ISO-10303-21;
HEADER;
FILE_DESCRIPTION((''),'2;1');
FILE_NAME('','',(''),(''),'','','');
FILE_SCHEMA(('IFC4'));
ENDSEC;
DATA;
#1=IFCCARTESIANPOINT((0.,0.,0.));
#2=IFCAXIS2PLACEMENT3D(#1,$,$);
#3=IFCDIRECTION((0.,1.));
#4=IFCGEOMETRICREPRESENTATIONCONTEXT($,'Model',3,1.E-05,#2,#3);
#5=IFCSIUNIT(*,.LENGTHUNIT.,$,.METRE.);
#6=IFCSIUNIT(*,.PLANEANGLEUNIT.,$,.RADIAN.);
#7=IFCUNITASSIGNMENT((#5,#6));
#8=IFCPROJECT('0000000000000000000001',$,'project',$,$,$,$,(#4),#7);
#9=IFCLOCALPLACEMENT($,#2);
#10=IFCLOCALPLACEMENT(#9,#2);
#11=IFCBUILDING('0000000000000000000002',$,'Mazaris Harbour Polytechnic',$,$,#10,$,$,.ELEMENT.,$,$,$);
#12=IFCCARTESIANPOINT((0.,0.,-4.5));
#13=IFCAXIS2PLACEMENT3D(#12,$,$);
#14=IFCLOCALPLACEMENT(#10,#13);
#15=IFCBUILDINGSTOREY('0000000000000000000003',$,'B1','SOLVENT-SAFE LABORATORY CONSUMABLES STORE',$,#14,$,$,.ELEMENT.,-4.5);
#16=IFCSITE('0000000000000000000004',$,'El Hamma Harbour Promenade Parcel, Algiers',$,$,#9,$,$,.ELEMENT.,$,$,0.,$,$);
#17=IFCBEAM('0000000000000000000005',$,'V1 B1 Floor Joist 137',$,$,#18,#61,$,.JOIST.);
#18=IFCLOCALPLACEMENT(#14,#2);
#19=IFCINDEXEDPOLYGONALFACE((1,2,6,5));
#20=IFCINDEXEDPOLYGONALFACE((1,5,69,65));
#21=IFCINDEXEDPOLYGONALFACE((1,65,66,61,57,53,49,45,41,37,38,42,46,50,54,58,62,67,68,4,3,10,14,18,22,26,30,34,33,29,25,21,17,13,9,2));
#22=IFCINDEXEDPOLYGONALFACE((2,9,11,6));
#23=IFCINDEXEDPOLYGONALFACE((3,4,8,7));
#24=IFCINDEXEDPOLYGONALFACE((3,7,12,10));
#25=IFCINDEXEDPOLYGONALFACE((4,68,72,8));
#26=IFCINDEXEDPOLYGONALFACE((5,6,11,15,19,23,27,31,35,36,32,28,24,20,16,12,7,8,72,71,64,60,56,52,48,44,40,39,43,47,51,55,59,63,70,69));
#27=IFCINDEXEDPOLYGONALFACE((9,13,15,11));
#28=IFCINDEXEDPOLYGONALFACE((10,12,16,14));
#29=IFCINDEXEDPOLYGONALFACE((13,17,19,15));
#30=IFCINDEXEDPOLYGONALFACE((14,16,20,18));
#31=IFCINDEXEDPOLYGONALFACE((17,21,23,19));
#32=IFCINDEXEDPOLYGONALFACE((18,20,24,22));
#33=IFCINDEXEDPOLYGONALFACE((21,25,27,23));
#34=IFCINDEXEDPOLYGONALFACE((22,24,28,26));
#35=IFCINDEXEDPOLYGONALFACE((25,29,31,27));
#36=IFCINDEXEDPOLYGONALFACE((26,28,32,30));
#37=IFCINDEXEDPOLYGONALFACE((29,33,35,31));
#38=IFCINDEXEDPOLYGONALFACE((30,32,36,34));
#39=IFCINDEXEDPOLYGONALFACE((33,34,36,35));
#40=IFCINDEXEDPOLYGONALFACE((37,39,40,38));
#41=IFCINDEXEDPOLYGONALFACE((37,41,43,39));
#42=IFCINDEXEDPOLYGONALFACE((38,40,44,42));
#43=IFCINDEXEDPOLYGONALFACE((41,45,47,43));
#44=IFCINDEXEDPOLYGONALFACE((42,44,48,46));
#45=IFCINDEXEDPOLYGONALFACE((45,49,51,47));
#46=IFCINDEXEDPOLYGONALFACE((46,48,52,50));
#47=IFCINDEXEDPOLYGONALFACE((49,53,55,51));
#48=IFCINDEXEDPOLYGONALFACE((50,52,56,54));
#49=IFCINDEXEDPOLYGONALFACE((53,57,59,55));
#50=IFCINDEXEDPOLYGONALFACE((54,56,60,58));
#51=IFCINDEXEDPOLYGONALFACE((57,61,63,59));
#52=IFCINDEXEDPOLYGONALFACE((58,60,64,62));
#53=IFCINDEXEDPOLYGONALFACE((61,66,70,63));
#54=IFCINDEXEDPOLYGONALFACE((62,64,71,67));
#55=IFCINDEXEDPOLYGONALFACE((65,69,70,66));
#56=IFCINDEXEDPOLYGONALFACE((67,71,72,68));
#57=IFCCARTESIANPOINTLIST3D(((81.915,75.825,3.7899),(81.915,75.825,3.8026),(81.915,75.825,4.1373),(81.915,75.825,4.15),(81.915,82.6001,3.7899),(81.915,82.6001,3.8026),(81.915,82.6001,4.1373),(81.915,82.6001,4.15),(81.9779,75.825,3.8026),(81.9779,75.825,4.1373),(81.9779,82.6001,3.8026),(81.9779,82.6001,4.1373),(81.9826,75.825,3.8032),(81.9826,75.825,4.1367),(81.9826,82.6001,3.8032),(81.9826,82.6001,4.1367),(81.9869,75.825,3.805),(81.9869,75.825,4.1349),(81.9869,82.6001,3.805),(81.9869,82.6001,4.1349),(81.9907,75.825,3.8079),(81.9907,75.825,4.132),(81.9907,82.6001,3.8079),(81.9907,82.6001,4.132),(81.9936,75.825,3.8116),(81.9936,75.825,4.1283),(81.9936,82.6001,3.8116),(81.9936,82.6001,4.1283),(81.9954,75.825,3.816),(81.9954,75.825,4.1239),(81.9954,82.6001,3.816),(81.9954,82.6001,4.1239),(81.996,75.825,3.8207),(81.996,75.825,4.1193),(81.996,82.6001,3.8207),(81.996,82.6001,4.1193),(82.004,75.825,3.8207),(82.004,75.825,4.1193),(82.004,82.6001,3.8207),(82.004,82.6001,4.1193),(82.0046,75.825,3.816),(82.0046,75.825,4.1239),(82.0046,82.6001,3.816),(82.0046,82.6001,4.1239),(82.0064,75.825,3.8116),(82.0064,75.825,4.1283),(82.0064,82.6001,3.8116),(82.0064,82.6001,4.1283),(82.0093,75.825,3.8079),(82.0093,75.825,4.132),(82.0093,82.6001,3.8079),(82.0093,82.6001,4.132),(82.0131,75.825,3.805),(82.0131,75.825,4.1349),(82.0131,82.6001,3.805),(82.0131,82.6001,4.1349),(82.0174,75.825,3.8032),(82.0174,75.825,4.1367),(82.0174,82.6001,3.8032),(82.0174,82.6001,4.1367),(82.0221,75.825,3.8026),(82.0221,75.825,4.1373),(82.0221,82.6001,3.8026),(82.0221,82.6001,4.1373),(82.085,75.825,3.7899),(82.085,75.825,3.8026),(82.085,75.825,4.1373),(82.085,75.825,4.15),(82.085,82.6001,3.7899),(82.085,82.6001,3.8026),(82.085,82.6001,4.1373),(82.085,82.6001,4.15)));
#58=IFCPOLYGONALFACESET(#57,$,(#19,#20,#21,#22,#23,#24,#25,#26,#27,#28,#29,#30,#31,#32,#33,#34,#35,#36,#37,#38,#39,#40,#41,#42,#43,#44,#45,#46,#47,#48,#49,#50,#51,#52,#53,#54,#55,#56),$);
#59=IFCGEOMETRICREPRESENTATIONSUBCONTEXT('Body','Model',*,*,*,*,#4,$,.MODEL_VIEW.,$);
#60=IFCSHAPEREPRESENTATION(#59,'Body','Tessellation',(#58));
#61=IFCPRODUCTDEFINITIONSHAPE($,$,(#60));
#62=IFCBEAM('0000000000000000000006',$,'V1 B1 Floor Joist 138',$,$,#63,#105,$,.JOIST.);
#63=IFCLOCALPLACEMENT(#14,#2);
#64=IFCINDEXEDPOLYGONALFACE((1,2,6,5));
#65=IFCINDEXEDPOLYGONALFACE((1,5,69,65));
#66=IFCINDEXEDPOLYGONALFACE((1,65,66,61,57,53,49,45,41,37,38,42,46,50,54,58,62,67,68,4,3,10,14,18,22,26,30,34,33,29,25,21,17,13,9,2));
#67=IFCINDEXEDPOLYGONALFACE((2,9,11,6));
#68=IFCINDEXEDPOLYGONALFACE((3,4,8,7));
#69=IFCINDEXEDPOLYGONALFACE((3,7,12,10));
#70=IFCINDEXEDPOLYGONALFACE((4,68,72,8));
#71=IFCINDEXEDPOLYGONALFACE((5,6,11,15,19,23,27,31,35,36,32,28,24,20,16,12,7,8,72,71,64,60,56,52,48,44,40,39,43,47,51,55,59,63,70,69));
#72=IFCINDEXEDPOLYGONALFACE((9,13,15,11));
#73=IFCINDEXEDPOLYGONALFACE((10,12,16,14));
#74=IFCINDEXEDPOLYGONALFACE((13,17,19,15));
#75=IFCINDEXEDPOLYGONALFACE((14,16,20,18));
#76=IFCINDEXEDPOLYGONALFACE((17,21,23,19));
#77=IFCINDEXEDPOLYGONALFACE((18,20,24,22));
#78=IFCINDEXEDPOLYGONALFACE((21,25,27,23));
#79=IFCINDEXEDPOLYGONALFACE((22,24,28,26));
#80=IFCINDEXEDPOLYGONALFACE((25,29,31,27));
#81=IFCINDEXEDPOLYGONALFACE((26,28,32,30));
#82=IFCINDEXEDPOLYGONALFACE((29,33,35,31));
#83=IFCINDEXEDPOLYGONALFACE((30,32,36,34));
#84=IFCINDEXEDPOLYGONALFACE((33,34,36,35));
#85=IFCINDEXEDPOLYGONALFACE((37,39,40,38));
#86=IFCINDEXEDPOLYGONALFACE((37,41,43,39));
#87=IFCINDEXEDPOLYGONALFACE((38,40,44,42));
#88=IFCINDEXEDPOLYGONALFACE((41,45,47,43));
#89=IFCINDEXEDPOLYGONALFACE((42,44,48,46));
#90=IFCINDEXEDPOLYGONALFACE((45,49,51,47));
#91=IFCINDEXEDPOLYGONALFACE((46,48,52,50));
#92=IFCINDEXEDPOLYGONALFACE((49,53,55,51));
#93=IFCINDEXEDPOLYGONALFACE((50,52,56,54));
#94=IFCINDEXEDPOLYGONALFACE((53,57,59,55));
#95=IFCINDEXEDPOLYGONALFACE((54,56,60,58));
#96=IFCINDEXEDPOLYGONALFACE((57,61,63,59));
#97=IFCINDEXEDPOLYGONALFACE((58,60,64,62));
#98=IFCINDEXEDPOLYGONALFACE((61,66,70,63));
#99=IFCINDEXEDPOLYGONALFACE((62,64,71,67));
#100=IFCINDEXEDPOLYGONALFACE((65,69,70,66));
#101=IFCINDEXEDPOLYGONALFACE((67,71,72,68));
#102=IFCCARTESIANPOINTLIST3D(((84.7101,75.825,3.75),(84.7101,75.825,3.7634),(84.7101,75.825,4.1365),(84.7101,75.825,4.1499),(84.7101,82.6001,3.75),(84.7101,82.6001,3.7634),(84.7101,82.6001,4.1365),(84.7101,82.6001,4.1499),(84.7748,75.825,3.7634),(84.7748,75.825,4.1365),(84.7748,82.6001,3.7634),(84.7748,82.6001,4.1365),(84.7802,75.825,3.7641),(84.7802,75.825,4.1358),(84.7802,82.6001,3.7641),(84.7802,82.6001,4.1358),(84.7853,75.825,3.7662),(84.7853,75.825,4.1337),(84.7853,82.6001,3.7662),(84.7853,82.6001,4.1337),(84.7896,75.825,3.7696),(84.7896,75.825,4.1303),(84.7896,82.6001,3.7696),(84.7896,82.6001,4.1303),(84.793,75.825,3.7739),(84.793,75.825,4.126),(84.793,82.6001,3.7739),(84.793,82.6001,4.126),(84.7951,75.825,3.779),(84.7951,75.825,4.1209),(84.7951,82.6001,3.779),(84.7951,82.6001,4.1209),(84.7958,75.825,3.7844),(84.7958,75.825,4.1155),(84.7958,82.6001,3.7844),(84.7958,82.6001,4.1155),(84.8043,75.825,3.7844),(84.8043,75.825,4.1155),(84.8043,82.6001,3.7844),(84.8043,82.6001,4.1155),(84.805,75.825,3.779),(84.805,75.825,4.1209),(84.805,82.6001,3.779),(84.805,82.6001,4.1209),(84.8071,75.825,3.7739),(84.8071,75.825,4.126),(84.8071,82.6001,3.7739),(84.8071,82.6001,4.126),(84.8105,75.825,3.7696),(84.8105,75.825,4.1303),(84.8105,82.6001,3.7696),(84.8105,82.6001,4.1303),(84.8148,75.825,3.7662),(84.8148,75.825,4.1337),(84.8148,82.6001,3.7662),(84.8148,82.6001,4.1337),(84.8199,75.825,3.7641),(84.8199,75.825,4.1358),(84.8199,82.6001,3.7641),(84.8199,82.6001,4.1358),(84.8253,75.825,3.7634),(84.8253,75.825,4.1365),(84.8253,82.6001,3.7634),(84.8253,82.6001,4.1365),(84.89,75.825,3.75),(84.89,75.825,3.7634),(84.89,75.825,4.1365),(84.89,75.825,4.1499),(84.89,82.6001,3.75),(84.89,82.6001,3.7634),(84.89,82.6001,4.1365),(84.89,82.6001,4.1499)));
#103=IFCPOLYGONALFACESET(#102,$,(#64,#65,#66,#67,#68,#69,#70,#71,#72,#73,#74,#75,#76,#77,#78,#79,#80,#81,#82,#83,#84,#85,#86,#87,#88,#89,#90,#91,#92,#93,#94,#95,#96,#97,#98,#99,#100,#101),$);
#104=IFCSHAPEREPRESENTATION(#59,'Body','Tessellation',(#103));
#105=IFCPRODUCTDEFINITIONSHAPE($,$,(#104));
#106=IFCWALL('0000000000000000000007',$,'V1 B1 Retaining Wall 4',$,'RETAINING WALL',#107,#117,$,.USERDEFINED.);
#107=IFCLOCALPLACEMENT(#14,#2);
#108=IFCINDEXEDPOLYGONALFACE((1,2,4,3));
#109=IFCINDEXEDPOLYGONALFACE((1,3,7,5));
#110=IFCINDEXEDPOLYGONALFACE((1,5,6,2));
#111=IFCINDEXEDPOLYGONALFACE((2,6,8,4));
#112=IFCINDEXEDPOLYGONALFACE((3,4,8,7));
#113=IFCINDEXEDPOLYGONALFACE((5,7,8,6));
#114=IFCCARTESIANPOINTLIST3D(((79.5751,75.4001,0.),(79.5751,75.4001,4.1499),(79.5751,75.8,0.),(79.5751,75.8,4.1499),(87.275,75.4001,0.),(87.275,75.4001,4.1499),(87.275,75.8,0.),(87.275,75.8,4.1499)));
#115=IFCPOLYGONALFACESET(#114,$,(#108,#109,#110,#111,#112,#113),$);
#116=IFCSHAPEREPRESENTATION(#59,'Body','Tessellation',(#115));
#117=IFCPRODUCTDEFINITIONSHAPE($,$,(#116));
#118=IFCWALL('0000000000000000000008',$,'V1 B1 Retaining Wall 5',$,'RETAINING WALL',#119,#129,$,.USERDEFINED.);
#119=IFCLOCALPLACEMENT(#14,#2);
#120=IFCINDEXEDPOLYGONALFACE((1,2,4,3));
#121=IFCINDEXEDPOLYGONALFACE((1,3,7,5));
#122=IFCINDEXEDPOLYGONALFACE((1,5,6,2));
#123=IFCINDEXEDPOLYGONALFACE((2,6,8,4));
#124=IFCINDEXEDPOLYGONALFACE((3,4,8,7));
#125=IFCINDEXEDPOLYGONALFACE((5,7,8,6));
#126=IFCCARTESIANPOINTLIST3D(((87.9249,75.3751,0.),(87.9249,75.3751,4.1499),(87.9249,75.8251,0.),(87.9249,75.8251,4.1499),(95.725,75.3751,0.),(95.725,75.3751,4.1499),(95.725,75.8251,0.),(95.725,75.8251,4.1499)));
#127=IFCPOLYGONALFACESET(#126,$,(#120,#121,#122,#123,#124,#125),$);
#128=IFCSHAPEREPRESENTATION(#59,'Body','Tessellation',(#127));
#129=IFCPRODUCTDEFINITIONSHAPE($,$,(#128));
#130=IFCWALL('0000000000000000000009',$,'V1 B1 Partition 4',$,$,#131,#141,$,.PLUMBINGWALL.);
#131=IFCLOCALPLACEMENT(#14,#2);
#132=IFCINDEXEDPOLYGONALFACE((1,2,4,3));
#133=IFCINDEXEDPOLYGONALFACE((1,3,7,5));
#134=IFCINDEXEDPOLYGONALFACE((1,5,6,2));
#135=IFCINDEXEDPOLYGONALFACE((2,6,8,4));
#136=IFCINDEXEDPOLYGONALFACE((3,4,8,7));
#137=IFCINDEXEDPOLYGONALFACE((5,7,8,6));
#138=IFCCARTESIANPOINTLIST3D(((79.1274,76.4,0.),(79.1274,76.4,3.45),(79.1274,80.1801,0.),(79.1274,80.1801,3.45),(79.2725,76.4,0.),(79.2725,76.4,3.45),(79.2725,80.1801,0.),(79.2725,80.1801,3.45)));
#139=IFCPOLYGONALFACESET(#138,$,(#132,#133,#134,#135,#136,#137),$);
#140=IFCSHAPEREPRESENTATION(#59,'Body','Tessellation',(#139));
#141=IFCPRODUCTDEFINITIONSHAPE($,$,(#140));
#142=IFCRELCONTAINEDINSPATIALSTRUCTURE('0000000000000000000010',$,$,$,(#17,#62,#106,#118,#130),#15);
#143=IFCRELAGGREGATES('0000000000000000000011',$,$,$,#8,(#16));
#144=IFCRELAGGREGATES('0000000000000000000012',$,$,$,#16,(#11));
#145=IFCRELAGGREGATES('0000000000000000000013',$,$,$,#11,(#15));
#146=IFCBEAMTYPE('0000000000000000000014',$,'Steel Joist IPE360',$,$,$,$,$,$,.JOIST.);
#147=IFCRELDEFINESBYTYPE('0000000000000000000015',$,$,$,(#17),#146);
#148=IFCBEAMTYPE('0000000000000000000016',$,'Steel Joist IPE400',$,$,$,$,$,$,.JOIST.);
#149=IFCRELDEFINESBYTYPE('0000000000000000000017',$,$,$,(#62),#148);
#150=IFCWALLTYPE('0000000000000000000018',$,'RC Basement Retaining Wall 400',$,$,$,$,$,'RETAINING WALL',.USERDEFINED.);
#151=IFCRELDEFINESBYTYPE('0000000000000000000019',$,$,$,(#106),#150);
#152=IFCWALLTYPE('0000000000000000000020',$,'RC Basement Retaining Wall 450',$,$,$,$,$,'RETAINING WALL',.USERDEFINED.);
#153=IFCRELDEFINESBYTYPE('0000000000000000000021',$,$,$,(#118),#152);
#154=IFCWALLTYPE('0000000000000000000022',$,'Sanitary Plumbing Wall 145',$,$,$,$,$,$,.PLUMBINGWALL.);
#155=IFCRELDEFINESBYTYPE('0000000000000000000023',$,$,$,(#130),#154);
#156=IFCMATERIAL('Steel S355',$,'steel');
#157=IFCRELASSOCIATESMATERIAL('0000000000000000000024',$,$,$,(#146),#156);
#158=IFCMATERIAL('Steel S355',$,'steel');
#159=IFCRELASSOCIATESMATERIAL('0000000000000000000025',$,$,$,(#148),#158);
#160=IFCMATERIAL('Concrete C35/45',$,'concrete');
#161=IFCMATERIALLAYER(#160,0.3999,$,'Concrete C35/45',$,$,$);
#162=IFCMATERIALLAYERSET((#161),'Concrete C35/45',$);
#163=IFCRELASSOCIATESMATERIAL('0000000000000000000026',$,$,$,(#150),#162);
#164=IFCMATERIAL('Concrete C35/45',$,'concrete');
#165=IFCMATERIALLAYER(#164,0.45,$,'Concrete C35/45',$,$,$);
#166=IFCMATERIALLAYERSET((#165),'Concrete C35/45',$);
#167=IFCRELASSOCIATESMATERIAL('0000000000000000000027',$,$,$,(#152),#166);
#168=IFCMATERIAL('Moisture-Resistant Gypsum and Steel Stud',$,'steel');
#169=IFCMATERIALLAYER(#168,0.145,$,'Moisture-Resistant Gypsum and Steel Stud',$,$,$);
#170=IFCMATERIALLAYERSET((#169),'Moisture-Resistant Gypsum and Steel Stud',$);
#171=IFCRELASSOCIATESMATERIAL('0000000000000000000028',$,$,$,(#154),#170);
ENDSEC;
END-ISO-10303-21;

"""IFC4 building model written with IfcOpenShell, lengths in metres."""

from ifc_helpers import new_model, si_unit, direction, frame, frame_2d, origin, origin_2d, place, context, subcontext, project, spatial, rectangle, i_section, extrude, material, layer, layer_set, material_profile, profile_set, type_object, element, save


model = new_model("IFC4")

# Units and contexts
model_context = context("Model", 3, precision=1e-05, world=origin(), true_north=direction((0.0, 1.0)))
body_context = subcontext(model_context, "Body", "Model", "MODEL_VIEW")
ifc_project = project(units=[si_unit("LENGTHUNIT", "METRE"), si_unit("PLANEANGLEUNIT", "RADIAN")], contexts=[model_context])

# Site, building, storey
site_placement = place(None, origin())
site = spatial("IfcSite", under=ifc_project, at=site_placement, Name="El Hamma Harbour Promenade Parcel, Algiers", CompositionType="ELEMENT", RefElevation=0.0)
building_placement = place(site_placement, origin())
building = spatial("IfcBuilding", under=site, at=building_placement, Name="Mazaris Harbour Polytechnic", CompositionType="ELEMENT")
storey_placement = place(building_placement, frame((0.0, 0.0, -4.5)))
storey = spatial("IfcBuildingStorey", under=building, at=storey_placement, Name="B1", Description="SOLVENT-SAFE LABORATORY CONSUMABLES STORE", CompositionType="ELEMENT", Elevation=-4.5)

# Beams
ifc_material_1 = material(Name="Steel S355", Category="steel")
ifc_material_profile_1 = material_profile(ifc_material_1, i_section(OverallWidth=0.1699, OverallDepth=0.3601, WebThickness=0.0081, FlangeThickness=0.0127, FilletRadius=0.0181, at=origin_2d()), Name="IPE 360")
ifc_profile_set_1 = profile_set([ifc_material_profile_1], Name="Steel S355")
beam_type_1 = type_object("IfcBeamType", Name="Steel Joist IPE360", PredefinedType="JOIST", material=ifc_profile_set_1)
beam_1_placement = place(storey_placement, frame((82.0, 75.825, 3.97), z_axis=(0.0, 1.0, 0.0), x_axis=(-1.0, 0.0, 0.0)))
element("IfcBeam", 1, at=beam_1_placement, inside=storey, type_object=beam_type_1, Name="V1 B1 Floor Joist 137", PredefinedType="JOIST", context=body_context, shape_type="SweptSolid", body=[
    extrude(i_section(OverallWidth=0.1699, OverallDepth=0.3601, WebThickness=0.0081, FlangeThickness=0.0127, FilletRadius=0.0181, at=origin_2d()), origin(), (0.0, 0.0, 1.0), 6.7751),
])
ifc_material_2 = material(Name="Steel S355", Category="steel")
ifc_material_profile_2 = material_profile(ifc_material_2, i_section(OverallWidth=0.1799, OverallDepth=0.3999, WebThickness=0.0085, FlangeThickness=0.0134, FilletRadius=0.021, at=origin_2d()), Name="IPE 400")
ifc_profile_set_2 = profile_set([ifc_material_profile_2], Name="Steel S355")
beam_type_2 = type_object("IfcBeamType", Name="Steel Joist IPE400", PredefinedType="JOIST", material=ifc_profile_set_2)
beam_2_placement = place(storey_placement, frame((84.8, 75.825, 3.95), z_axis=(0.0, 1.0, 0.0), x_axis=(-1.0, 0.0, 0.0)))
element("IfcBeam", 2, at=beam_2_placement, inside=storey, type_object=beam_type_2, Name="V1 B1 Floor Joist 138", PredefinedType="JOIST", context=body_context, shape_type="SweptSolid", body=[
    extrude(i_section(OverallWidth=0.1799, OverallDepth=0.3999, WebThickness=0.0085, FlangeThickness=0.0134, FilletRadius=0.021, at=origin_2d()), origin(), (0.0, 0.0, 1.0), 6.7751),
])

# Walls
ifc_material_3 = material(Name="Concrete C35/45", Category="concrete")
ifc_layer_1 = layer(ifc_material_3, 0.3999, Name="Concrete C35/45")
ifc_layer_set_1 = layer_set([ifc_layer_1], Name="Concrete C35/45")
wall_type_1 = type_object("IfcWallType", Name="RC Basement Retaining Wall 400", ElementType="RETAINING WALL", PredefinedType="USERDEFINED", material=ifc_layer_set_1)
wall_1_placement = place(storey_placement, frame((79.575, 75.6001, 0.0), z_axis=(0.0, 0.0, 1.0), x_axis=(1.0, 0.0, 0.0)))
element("IfcWall", 3, at=wall_1_placement, inside=storey, type_object=wall_type_1, Name="V1 B1 Retaining Wall 4", ObjectType="RETAINING WALL", PredefinedType="USERDEFINED", context=body_context, shape_type="SweptSolid", body=[
    extrude(rectangle(XDim=7.7, YDim=0.3999, at=frame_2d((3.8501, 0.0))), origin(), (0.0, 0.0, 1.0), 4.1499),
])
ifc_material_4 = material(Name="Concrete C35/45", Category="concrete")
ifc_layer_2 = layer(ifc_material_4, 0.45, Name="Concrete C35/45")
ifc_layer_set_2 = layer_set([ifc_layer_2], Name="Concrete C35/45")
wall_type_2 = type_object("IfcWallType", Name="RC Basement Retaining Wall 450", ElementType="RETAINING WALL", PredefinedType="USERDEFINED", material=ifc_layer_set_2)
wall_2_placement = place(storey_placement, frame((87.925, 75.6001, 0.0), z_axis=(0.0, 0.0, 1.0), x_axis=(1.0, 0.0, 0.0)))
element("IfcWall", 4, at=wall_2_placement, inside=storey, type_object=wall_type_2, Name="V1 B1 Retaining Wall 5", ObjectType="RETAINING WALL", PredefinedType="USERDEFINED", context=body_context, shape_type="SweptSolid", body=[
    extrude(rectangle(XDim=7.8, YDim=0.45, at=frame_2d((3.8999, 0.0))), origin(), (0.0, 0.0, 1.0), 4.1499),
])
ifc_material_5 = material(Name="Moisture-Resistant Gypsum and Steel Stud", Category="steel")
ifc_layer_3 = layer(ifc_material_5, 0.145, Name="Moisture-Resistant Gypsum and Steel Stud")
ifc_layer_set_3 = layer_set([ifc_layer_3], Name="Moisture-Resistant Gypsum and Steel Stud")
wall_type_3 = type_object("IfcWallType", Name="Sanitary Plumbing Wall 145", PredefinedType="PLUMBINGWALL", material=ifc_layer_set_3)
wall_3_placement = place(storey_placement, frame((79.2, 76.3999, 0.0), z_axis=(0.0, 0.0, 1.0), x_axis=(0.0, 1.0, 0.0)))
element("IfcWall", 5, at=wall_3_placement, inside=storey, type_object=wall_type_3, Name="V1 B1 Partition 4", PredefinedType="PLUMBINGWALL", context=body_context, shape_type="SweptSolid", body=[
    extrude(rectangle(XDim=3.78, YDim=0.145, at=frame_2d((1.8901, 0.0))), origin(), (0.0, 0.0, 1.0), 3.45),
])

save(model, "model.ifc")
